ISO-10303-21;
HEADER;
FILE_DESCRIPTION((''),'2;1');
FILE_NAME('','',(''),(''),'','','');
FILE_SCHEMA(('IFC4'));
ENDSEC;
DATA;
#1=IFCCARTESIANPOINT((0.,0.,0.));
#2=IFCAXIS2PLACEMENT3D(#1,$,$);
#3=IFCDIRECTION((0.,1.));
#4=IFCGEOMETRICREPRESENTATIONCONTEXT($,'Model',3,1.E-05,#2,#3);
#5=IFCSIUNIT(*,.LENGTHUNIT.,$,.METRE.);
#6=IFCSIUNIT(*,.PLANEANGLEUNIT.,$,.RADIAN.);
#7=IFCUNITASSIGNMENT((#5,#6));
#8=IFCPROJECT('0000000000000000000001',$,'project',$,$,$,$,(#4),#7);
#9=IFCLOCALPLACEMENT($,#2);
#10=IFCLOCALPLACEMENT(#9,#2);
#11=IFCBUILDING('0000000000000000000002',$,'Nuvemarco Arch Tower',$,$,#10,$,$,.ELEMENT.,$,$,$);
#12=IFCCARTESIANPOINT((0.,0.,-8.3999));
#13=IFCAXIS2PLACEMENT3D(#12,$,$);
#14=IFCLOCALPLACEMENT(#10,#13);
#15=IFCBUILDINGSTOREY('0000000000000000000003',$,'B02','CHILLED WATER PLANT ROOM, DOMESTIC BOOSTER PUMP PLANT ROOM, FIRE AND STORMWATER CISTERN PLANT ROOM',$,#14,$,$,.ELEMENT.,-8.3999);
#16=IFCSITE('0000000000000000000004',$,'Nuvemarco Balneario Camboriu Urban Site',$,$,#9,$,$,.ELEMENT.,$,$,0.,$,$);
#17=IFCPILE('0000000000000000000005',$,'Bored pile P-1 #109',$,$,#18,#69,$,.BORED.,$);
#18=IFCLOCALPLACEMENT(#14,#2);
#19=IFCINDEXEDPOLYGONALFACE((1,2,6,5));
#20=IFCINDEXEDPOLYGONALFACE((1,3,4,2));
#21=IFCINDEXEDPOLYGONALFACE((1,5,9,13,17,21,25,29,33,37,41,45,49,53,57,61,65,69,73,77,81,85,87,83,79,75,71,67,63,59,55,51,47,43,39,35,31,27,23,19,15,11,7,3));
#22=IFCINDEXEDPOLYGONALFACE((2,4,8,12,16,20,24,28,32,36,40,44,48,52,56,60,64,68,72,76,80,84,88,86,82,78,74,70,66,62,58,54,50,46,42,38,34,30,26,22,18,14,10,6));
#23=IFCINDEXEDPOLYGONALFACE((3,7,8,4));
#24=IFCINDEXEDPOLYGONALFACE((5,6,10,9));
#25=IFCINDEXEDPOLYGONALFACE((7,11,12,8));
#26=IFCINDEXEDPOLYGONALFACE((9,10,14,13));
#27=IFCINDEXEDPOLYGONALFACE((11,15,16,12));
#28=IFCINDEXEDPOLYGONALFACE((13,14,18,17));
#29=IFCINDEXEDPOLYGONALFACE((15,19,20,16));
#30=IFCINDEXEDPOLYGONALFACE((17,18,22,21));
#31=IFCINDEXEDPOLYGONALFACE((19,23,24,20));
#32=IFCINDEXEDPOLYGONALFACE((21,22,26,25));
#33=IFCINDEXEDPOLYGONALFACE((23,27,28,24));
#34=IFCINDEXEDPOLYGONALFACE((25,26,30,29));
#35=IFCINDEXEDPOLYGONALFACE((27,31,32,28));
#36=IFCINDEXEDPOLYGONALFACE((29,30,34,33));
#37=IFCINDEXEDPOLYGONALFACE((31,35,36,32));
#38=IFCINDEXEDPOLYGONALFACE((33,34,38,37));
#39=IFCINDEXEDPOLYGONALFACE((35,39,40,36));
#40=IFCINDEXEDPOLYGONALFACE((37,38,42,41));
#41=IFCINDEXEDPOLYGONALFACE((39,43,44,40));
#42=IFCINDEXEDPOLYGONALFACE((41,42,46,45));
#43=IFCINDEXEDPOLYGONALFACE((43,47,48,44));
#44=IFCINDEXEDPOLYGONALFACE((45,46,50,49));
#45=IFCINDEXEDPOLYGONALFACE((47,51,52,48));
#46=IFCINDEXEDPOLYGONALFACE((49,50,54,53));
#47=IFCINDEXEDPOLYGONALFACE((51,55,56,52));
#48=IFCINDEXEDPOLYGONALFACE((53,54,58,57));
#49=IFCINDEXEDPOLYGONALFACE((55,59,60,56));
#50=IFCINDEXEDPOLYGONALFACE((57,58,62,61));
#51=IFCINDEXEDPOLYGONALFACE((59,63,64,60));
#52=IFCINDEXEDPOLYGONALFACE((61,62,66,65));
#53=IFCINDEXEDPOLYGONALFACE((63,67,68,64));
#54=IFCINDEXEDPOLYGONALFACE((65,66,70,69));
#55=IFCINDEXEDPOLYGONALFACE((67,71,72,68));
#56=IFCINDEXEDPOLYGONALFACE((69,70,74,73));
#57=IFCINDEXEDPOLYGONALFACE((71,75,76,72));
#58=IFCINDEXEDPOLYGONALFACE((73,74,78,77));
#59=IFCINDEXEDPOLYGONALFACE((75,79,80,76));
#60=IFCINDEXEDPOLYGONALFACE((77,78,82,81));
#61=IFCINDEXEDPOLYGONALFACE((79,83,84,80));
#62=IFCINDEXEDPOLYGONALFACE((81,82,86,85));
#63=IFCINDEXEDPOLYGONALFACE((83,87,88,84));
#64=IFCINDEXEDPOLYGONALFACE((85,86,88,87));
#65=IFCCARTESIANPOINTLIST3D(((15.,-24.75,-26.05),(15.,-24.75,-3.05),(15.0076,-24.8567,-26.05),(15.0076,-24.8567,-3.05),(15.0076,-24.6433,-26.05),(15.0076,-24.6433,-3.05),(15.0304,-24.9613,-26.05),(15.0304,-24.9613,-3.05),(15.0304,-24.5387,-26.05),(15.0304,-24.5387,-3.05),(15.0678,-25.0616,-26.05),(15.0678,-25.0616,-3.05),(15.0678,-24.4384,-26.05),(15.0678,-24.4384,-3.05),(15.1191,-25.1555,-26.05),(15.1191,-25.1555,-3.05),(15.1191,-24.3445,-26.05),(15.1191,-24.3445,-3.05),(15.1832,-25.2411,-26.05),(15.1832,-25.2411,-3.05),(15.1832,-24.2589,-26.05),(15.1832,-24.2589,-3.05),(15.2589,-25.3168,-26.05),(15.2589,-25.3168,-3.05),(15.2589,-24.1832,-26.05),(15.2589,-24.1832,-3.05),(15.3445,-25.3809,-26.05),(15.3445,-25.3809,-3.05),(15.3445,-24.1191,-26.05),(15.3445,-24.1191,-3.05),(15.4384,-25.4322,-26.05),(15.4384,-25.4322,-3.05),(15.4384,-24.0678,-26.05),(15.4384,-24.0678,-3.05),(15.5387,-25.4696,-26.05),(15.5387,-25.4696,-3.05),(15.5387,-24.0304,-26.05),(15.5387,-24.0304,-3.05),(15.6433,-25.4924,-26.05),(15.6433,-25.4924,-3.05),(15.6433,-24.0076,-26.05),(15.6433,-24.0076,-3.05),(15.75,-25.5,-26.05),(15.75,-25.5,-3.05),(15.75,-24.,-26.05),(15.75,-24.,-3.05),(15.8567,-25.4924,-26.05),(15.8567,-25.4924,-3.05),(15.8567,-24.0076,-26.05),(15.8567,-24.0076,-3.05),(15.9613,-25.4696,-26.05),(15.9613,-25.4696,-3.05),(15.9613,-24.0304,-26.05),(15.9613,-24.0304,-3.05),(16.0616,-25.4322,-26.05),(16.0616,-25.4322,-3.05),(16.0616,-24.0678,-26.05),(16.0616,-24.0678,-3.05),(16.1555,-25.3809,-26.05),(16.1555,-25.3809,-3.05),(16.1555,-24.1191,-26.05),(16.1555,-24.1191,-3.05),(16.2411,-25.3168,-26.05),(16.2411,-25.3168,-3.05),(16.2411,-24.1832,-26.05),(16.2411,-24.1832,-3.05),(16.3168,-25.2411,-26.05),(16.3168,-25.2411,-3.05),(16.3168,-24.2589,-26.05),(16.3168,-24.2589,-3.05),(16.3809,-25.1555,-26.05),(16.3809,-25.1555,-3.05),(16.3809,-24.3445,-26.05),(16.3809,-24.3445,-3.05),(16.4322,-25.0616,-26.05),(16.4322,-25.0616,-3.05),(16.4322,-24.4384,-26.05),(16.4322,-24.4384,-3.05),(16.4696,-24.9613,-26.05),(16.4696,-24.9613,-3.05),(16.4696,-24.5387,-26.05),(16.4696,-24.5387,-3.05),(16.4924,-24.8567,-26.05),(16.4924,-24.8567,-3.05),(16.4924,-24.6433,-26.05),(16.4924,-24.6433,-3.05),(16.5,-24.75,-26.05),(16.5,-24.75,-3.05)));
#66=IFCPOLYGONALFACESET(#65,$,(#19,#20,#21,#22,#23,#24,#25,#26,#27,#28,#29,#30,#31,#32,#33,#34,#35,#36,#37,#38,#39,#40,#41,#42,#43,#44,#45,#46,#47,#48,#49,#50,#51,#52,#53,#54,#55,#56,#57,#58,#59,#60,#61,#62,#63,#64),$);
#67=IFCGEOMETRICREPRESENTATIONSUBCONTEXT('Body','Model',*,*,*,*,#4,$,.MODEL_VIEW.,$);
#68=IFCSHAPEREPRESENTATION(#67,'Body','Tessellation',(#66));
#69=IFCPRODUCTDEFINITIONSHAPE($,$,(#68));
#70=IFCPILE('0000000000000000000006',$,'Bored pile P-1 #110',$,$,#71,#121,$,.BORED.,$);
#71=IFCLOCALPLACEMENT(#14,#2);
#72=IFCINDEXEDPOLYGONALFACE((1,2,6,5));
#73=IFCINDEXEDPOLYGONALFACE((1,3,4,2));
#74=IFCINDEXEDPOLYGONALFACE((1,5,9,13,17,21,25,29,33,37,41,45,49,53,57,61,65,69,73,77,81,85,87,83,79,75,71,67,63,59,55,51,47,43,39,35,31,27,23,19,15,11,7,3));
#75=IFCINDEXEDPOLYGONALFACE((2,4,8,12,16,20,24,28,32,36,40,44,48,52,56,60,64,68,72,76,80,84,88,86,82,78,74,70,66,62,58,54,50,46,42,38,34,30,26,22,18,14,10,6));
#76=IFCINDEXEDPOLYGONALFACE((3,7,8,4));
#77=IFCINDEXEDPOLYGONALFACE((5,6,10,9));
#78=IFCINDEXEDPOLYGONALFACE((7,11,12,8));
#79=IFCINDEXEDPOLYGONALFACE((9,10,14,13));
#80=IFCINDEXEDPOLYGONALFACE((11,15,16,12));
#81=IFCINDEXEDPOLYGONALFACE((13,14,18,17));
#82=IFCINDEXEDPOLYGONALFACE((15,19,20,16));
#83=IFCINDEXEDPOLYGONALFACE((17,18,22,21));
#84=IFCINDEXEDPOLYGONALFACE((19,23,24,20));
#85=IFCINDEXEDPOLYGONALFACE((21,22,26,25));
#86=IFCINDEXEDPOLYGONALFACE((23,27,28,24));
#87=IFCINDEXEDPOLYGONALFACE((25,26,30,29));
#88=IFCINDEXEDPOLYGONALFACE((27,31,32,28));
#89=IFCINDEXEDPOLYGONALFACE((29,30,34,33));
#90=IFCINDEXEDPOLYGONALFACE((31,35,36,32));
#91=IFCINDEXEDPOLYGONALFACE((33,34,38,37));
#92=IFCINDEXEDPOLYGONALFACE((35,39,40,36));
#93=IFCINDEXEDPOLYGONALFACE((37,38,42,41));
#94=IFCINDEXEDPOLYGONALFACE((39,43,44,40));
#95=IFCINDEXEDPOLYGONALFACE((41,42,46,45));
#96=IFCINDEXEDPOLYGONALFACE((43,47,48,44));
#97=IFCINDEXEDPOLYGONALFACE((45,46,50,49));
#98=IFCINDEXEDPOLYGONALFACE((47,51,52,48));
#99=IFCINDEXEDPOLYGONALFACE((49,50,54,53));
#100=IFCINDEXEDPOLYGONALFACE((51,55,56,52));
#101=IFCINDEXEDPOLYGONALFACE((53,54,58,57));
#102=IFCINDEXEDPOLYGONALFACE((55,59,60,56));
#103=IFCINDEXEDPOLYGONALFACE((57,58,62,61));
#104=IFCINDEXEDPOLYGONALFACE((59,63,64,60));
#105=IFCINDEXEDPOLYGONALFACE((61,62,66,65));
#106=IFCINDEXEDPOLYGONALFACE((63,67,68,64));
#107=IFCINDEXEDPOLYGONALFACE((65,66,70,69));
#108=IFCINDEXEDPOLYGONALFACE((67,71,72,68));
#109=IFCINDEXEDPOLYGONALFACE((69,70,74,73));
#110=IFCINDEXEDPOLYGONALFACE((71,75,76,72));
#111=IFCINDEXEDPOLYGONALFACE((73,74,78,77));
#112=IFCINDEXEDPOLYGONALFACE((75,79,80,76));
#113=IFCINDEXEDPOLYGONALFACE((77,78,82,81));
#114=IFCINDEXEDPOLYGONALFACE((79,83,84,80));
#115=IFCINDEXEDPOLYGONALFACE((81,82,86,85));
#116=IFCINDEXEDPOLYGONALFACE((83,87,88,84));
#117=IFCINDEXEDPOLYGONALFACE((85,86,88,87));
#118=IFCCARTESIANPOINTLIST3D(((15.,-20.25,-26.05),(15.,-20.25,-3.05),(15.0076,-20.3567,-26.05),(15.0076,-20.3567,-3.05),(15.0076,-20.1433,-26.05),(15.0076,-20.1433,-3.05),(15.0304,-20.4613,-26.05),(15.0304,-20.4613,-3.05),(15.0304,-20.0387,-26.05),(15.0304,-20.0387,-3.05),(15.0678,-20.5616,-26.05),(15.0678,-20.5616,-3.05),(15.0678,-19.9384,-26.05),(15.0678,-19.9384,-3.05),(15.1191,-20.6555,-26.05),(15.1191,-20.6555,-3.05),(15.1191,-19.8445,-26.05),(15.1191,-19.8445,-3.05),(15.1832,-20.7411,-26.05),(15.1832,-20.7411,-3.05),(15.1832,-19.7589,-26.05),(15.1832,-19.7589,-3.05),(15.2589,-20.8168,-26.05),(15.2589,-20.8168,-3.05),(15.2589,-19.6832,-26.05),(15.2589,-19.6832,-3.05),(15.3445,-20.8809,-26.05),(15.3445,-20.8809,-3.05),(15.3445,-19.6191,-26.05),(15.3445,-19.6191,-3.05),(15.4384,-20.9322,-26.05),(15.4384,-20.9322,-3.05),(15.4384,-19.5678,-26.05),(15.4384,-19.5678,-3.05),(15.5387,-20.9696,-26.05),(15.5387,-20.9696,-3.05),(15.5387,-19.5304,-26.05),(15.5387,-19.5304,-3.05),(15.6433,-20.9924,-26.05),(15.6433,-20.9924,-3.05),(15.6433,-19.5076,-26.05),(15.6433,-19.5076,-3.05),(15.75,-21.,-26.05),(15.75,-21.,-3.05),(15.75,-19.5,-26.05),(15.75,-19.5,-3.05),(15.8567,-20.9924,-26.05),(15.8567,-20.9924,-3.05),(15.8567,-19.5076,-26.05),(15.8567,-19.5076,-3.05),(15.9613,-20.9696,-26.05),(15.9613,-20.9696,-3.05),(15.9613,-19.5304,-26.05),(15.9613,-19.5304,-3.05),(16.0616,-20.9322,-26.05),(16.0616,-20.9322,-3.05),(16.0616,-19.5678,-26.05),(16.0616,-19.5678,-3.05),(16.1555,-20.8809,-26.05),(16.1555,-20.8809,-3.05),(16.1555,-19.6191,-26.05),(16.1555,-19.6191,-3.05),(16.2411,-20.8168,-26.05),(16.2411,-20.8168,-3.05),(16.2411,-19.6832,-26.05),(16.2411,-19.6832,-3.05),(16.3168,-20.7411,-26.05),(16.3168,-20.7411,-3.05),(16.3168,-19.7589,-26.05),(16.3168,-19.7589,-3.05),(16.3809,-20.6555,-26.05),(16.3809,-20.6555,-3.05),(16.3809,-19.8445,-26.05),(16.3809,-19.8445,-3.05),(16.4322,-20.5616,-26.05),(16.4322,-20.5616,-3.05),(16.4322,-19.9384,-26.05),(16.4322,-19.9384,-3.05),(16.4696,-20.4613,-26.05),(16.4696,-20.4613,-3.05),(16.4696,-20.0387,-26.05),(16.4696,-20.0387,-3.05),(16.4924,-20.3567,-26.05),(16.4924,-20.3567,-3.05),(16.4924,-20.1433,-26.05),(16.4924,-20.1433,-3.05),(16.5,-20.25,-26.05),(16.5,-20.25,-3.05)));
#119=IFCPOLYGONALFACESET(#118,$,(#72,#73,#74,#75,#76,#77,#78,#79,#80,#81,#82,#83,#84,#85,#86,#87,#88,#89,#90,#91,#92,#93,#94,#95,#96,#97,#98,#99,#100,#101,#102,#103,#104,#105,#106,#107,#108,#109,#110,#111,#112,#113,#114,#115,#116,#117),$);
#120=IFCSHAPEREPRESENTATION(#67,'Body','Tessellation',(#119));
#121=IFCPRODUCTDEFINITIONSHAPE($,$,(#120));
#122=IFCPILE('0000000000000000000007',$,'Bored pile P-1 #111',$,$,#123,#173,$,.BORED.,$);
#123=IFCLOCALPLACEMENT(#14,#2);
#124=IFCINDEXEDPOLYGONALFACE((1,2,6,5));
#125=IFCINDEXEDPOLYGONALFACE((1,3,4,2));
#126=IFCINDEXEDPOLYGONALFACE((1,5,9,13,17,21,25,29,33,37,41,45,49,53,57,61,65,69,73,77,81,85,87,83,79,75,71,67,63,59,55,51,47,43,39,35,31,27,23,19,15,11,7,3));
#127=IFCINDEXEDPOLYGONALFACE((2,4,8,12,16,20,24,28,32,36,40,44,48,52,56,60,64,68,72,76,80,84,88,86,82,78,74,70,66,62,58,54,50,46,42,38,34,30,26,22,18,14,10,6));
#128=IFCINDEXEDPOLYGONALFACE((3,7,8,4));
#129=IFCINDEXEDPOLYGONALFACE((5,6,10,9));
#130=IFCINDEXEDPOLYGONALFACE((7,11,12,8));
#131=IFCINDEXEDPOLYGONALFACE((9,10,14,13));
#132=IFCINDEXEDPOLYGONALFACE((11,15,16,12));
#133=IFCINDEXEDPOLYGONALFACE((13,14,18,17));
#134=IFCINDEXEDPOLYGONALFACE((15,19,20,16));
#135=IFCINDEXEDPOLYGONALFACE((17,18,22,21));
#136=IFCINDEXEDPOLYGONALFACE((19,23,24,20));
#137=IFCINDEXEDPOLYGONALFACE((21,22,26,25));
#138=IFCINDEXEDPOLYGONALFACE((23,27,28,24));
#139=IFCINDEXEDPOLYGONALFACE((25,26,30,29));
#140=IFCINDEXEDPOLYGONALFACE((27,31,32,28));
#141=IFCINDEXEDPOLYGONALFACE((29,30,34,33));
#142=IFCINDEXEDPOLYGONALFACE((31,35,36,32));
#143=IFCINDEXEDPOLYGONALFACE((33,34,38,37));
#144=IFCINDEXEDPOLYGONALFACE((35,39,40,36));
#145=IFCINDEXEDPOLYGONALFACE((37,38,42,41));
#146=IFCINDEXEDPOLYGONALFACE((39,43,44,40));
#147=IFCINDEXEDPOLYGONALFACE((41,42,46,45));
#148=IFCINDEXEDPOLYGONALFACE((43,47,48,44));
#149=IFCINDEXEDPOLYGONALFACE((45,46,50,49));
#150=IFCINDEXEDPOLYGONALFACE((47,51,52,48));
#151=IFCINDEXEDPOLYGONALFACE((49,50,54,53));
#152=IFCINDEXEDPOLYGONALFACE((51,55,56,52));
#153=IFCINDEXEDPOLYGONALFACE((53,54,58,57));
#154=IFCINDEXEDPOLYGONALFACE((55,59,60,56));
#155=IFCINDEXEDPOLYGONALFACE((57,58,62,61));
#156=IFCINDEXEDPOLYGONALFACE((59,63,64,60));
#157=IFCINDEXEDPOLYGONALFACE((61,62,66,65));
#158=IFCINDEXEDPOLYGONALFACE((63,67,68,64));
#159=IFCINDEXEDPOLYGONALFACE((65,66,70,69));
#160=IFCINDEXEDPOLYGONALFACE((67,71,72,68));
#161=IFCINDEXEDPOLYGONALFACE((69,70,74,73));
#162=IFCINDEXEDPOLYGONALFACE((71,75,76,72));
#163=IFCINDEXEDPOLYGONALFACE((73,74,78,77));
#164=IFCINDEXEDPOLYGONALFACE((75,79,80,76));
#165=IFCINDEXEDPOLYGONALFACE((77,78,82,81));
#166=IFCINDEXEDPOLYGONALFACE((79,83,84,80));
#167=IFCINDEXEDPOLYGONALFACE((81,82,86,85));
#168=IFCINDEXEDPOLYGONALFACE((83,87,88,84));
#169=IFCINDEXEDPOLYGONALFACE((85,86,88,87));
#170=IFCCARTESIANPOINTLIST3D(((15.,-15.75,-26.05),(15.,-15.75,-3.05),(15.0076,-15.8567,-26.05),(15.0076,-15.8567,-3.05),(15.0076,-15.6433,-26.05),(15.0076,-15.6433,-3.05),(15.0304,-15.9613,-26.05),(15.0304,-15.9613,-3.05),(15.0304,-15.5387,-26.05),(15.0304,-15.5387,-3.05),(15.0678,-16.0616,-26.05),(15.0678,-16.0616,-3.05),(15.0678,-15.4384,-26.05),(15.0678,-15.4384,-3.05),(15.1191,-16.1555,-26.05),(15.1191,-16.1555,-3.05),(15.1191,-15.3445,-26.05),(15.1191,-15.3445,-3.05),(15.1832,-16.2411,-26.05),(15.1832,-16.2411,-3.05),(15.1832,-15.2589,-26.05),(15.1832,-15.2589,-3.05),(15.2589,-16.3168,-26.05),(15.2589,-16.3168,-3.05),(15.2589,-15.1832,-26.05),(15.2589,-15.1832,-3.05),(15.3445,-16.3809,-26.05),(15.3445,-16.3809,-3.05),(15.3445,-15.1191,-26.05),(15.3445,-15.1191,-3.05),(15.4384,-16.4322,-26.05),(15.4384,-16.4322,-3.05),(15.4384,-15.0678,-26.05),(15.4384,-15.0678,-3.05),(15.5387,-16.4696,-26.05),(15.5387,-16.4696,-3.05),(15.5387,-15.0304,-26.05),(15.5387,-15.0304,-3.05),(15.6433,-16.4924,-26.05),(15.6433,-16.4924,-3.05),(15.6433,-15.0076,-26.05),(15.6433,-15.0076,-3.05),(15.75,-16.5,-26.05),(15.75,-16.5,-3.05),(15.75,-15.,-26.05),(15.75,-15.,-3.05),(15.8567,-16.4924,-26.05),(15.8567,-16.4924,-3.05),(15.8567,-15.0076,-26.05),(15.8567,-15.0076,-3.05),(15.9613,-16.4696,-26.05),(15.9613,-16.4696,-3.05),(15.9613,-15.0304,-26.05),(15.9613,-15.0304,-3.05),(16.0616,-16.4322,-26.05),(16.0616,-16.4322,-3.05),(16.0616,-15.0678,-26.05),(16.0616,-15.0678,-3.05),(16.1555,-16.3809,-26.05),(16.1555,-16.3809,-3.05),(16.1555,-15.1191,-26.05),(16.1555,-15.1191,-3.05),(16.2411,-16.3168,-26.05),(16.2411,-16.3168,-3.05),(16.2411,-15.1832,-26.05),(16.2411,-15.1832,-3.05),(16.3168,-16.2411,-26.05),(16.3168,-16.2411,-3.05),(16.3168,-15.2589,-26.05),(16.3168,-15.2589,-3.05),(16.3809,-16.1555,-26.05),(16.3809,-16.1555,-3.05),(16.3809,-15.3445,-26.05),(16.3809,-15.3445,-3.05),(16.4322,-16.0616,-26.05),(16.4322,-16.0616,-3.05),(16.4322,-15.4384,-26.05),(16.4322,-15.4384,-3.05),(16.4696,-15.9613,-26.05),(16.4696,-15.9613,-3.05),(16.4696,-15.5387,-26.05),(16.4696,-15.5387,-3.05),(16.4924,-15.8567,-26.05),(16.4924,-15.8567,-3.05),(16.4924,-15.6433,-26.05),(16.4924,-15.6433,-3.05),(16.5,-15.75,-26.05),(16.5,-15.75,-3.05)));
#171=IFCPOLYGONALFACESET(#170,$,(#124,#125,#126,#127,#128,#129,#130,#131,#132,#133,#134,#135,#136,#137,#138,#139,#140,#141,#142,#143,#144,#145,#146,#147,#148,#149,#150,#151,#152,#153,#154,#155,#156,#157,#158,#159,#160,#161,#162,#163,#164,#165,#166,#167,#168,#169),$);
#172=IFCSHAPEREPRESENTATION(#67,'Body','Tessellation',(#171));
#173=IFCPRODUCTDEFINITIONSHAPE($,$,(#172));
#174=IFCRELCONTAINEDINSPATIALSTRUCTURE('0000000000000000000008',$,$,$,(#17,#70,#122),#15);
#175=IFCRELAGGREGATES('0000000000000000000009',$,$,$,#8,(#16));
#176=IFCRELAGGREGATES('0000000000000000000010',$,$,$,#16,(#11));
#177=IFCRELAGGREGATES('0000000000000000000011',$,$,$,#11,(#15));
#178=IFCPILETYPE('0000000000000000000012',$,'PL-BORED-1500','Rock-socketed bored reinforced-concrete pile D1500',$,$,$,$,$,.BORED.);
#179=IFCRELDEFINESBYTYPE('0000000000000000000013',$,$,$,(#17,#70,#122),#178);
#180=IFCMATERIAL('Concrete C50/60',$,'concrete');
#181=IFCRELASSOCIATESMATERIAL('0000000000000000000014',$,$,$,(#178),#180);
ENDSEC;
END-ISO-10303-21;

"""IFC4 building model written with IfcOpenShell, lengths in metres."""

from ifc_helpers import new_model, si_unit, direction, frame, origin, origin_2d, place, context, subcontext, project, spatial, circle, extrude, material, material_profile, profile_set, type_object, element, save


model = new_model("IFC4")

# Units and contexts
model_context = context("Model", 3, precision=1e-05, world=origin(), true_north=direction((0.0, 1.0)))
body_context = subcontext(model_context, "Body", "Model", "MODEL_VIEW")
ifc_project = project(units=[si_unit("LENGTHUNIT", "METRE"), si_unit("PLANEANGLEUNIT", "RADIAN")], contexts=[model_context])

# Site, building, storey
site_placement = place(None, origin())
site = spatial("IfcSite", under=ifc_project, at=site_placement, Name="Nuvemarco Balneario Camboriu Urban Site", CompositionType="ELEMENT", RefElevation=0.0)
building_placement = place(site_placement, origin())
building = spatial("IfcBuilding", under=site, at=building_placement, Name="Nuvemarco Arch Tower", CompositionType="ELEMENT")
storey_placement = place(building_placement, frame((0.0, 0.0, -8.3999)))
storey = spatial("IfcBuildingStorey", under=building, at=storey_placement, Name="B02", Description="CHILLED WATER PLANT ROOM, DOMESTIC BOOSTER PUMP PLANT ROOM, FIRE AND STORMWATER CISTERN PLANT ROOM", CompositionType="ELEMENT", Elevation=-8.3999)

# Piles
ifc_material_1 = material(Name="Concrete C50/60", Category="concrete")
ifc_material_profile_1 = material_profile(ifc_material_1, circle(Radius=0.75, at=origin_2d()), Name="PILE-D1500")
ifc_profile_set_1 = profile_set([ifc_material_profile_1], Name="Concrete C50/60")
pile_type = type_object("IfcPileType", Name="PL-BORED-1500", Description="Rock-socketed bored reinforced-concrete pile D1500", PredefinedType="BORED", material=ifc_profile_set_1)
for number, where, z_axis, x_axis, name in (
    (1, (15.75, -24.75, -3.05), (0.0, 0.0, -1.0), (1.0, 0.0, 0.0), "Bored pile P-1 #109"),
    (2, (15.75, -20.25, -3.05), (0.0, 0.0, -1.0), (1.0, 0.0, 0.0), "Bored pile P-1 #110"),
    (3, (15.75, -15.75, -3.05), (0.0, 0.0, -1.0), (1.0, 0.0, 0.0), "Bored pile P-1 #111"),
):
    element("IfcPile", number, at=place(storey_placement, frame(where, z_axis=z_axis, x_axis=x_axis)), inside=storey, type_object=pile_type, Name=name, PredefinedType="BORED", context=body_context, shape_type="SweptSolid", body=[
        extrude(circle(Radius=0.75, at=origin_2d()), origin(), (0.0, 0.0, 1.0), 23.0),
    ])

save(model, "model.ifc")
